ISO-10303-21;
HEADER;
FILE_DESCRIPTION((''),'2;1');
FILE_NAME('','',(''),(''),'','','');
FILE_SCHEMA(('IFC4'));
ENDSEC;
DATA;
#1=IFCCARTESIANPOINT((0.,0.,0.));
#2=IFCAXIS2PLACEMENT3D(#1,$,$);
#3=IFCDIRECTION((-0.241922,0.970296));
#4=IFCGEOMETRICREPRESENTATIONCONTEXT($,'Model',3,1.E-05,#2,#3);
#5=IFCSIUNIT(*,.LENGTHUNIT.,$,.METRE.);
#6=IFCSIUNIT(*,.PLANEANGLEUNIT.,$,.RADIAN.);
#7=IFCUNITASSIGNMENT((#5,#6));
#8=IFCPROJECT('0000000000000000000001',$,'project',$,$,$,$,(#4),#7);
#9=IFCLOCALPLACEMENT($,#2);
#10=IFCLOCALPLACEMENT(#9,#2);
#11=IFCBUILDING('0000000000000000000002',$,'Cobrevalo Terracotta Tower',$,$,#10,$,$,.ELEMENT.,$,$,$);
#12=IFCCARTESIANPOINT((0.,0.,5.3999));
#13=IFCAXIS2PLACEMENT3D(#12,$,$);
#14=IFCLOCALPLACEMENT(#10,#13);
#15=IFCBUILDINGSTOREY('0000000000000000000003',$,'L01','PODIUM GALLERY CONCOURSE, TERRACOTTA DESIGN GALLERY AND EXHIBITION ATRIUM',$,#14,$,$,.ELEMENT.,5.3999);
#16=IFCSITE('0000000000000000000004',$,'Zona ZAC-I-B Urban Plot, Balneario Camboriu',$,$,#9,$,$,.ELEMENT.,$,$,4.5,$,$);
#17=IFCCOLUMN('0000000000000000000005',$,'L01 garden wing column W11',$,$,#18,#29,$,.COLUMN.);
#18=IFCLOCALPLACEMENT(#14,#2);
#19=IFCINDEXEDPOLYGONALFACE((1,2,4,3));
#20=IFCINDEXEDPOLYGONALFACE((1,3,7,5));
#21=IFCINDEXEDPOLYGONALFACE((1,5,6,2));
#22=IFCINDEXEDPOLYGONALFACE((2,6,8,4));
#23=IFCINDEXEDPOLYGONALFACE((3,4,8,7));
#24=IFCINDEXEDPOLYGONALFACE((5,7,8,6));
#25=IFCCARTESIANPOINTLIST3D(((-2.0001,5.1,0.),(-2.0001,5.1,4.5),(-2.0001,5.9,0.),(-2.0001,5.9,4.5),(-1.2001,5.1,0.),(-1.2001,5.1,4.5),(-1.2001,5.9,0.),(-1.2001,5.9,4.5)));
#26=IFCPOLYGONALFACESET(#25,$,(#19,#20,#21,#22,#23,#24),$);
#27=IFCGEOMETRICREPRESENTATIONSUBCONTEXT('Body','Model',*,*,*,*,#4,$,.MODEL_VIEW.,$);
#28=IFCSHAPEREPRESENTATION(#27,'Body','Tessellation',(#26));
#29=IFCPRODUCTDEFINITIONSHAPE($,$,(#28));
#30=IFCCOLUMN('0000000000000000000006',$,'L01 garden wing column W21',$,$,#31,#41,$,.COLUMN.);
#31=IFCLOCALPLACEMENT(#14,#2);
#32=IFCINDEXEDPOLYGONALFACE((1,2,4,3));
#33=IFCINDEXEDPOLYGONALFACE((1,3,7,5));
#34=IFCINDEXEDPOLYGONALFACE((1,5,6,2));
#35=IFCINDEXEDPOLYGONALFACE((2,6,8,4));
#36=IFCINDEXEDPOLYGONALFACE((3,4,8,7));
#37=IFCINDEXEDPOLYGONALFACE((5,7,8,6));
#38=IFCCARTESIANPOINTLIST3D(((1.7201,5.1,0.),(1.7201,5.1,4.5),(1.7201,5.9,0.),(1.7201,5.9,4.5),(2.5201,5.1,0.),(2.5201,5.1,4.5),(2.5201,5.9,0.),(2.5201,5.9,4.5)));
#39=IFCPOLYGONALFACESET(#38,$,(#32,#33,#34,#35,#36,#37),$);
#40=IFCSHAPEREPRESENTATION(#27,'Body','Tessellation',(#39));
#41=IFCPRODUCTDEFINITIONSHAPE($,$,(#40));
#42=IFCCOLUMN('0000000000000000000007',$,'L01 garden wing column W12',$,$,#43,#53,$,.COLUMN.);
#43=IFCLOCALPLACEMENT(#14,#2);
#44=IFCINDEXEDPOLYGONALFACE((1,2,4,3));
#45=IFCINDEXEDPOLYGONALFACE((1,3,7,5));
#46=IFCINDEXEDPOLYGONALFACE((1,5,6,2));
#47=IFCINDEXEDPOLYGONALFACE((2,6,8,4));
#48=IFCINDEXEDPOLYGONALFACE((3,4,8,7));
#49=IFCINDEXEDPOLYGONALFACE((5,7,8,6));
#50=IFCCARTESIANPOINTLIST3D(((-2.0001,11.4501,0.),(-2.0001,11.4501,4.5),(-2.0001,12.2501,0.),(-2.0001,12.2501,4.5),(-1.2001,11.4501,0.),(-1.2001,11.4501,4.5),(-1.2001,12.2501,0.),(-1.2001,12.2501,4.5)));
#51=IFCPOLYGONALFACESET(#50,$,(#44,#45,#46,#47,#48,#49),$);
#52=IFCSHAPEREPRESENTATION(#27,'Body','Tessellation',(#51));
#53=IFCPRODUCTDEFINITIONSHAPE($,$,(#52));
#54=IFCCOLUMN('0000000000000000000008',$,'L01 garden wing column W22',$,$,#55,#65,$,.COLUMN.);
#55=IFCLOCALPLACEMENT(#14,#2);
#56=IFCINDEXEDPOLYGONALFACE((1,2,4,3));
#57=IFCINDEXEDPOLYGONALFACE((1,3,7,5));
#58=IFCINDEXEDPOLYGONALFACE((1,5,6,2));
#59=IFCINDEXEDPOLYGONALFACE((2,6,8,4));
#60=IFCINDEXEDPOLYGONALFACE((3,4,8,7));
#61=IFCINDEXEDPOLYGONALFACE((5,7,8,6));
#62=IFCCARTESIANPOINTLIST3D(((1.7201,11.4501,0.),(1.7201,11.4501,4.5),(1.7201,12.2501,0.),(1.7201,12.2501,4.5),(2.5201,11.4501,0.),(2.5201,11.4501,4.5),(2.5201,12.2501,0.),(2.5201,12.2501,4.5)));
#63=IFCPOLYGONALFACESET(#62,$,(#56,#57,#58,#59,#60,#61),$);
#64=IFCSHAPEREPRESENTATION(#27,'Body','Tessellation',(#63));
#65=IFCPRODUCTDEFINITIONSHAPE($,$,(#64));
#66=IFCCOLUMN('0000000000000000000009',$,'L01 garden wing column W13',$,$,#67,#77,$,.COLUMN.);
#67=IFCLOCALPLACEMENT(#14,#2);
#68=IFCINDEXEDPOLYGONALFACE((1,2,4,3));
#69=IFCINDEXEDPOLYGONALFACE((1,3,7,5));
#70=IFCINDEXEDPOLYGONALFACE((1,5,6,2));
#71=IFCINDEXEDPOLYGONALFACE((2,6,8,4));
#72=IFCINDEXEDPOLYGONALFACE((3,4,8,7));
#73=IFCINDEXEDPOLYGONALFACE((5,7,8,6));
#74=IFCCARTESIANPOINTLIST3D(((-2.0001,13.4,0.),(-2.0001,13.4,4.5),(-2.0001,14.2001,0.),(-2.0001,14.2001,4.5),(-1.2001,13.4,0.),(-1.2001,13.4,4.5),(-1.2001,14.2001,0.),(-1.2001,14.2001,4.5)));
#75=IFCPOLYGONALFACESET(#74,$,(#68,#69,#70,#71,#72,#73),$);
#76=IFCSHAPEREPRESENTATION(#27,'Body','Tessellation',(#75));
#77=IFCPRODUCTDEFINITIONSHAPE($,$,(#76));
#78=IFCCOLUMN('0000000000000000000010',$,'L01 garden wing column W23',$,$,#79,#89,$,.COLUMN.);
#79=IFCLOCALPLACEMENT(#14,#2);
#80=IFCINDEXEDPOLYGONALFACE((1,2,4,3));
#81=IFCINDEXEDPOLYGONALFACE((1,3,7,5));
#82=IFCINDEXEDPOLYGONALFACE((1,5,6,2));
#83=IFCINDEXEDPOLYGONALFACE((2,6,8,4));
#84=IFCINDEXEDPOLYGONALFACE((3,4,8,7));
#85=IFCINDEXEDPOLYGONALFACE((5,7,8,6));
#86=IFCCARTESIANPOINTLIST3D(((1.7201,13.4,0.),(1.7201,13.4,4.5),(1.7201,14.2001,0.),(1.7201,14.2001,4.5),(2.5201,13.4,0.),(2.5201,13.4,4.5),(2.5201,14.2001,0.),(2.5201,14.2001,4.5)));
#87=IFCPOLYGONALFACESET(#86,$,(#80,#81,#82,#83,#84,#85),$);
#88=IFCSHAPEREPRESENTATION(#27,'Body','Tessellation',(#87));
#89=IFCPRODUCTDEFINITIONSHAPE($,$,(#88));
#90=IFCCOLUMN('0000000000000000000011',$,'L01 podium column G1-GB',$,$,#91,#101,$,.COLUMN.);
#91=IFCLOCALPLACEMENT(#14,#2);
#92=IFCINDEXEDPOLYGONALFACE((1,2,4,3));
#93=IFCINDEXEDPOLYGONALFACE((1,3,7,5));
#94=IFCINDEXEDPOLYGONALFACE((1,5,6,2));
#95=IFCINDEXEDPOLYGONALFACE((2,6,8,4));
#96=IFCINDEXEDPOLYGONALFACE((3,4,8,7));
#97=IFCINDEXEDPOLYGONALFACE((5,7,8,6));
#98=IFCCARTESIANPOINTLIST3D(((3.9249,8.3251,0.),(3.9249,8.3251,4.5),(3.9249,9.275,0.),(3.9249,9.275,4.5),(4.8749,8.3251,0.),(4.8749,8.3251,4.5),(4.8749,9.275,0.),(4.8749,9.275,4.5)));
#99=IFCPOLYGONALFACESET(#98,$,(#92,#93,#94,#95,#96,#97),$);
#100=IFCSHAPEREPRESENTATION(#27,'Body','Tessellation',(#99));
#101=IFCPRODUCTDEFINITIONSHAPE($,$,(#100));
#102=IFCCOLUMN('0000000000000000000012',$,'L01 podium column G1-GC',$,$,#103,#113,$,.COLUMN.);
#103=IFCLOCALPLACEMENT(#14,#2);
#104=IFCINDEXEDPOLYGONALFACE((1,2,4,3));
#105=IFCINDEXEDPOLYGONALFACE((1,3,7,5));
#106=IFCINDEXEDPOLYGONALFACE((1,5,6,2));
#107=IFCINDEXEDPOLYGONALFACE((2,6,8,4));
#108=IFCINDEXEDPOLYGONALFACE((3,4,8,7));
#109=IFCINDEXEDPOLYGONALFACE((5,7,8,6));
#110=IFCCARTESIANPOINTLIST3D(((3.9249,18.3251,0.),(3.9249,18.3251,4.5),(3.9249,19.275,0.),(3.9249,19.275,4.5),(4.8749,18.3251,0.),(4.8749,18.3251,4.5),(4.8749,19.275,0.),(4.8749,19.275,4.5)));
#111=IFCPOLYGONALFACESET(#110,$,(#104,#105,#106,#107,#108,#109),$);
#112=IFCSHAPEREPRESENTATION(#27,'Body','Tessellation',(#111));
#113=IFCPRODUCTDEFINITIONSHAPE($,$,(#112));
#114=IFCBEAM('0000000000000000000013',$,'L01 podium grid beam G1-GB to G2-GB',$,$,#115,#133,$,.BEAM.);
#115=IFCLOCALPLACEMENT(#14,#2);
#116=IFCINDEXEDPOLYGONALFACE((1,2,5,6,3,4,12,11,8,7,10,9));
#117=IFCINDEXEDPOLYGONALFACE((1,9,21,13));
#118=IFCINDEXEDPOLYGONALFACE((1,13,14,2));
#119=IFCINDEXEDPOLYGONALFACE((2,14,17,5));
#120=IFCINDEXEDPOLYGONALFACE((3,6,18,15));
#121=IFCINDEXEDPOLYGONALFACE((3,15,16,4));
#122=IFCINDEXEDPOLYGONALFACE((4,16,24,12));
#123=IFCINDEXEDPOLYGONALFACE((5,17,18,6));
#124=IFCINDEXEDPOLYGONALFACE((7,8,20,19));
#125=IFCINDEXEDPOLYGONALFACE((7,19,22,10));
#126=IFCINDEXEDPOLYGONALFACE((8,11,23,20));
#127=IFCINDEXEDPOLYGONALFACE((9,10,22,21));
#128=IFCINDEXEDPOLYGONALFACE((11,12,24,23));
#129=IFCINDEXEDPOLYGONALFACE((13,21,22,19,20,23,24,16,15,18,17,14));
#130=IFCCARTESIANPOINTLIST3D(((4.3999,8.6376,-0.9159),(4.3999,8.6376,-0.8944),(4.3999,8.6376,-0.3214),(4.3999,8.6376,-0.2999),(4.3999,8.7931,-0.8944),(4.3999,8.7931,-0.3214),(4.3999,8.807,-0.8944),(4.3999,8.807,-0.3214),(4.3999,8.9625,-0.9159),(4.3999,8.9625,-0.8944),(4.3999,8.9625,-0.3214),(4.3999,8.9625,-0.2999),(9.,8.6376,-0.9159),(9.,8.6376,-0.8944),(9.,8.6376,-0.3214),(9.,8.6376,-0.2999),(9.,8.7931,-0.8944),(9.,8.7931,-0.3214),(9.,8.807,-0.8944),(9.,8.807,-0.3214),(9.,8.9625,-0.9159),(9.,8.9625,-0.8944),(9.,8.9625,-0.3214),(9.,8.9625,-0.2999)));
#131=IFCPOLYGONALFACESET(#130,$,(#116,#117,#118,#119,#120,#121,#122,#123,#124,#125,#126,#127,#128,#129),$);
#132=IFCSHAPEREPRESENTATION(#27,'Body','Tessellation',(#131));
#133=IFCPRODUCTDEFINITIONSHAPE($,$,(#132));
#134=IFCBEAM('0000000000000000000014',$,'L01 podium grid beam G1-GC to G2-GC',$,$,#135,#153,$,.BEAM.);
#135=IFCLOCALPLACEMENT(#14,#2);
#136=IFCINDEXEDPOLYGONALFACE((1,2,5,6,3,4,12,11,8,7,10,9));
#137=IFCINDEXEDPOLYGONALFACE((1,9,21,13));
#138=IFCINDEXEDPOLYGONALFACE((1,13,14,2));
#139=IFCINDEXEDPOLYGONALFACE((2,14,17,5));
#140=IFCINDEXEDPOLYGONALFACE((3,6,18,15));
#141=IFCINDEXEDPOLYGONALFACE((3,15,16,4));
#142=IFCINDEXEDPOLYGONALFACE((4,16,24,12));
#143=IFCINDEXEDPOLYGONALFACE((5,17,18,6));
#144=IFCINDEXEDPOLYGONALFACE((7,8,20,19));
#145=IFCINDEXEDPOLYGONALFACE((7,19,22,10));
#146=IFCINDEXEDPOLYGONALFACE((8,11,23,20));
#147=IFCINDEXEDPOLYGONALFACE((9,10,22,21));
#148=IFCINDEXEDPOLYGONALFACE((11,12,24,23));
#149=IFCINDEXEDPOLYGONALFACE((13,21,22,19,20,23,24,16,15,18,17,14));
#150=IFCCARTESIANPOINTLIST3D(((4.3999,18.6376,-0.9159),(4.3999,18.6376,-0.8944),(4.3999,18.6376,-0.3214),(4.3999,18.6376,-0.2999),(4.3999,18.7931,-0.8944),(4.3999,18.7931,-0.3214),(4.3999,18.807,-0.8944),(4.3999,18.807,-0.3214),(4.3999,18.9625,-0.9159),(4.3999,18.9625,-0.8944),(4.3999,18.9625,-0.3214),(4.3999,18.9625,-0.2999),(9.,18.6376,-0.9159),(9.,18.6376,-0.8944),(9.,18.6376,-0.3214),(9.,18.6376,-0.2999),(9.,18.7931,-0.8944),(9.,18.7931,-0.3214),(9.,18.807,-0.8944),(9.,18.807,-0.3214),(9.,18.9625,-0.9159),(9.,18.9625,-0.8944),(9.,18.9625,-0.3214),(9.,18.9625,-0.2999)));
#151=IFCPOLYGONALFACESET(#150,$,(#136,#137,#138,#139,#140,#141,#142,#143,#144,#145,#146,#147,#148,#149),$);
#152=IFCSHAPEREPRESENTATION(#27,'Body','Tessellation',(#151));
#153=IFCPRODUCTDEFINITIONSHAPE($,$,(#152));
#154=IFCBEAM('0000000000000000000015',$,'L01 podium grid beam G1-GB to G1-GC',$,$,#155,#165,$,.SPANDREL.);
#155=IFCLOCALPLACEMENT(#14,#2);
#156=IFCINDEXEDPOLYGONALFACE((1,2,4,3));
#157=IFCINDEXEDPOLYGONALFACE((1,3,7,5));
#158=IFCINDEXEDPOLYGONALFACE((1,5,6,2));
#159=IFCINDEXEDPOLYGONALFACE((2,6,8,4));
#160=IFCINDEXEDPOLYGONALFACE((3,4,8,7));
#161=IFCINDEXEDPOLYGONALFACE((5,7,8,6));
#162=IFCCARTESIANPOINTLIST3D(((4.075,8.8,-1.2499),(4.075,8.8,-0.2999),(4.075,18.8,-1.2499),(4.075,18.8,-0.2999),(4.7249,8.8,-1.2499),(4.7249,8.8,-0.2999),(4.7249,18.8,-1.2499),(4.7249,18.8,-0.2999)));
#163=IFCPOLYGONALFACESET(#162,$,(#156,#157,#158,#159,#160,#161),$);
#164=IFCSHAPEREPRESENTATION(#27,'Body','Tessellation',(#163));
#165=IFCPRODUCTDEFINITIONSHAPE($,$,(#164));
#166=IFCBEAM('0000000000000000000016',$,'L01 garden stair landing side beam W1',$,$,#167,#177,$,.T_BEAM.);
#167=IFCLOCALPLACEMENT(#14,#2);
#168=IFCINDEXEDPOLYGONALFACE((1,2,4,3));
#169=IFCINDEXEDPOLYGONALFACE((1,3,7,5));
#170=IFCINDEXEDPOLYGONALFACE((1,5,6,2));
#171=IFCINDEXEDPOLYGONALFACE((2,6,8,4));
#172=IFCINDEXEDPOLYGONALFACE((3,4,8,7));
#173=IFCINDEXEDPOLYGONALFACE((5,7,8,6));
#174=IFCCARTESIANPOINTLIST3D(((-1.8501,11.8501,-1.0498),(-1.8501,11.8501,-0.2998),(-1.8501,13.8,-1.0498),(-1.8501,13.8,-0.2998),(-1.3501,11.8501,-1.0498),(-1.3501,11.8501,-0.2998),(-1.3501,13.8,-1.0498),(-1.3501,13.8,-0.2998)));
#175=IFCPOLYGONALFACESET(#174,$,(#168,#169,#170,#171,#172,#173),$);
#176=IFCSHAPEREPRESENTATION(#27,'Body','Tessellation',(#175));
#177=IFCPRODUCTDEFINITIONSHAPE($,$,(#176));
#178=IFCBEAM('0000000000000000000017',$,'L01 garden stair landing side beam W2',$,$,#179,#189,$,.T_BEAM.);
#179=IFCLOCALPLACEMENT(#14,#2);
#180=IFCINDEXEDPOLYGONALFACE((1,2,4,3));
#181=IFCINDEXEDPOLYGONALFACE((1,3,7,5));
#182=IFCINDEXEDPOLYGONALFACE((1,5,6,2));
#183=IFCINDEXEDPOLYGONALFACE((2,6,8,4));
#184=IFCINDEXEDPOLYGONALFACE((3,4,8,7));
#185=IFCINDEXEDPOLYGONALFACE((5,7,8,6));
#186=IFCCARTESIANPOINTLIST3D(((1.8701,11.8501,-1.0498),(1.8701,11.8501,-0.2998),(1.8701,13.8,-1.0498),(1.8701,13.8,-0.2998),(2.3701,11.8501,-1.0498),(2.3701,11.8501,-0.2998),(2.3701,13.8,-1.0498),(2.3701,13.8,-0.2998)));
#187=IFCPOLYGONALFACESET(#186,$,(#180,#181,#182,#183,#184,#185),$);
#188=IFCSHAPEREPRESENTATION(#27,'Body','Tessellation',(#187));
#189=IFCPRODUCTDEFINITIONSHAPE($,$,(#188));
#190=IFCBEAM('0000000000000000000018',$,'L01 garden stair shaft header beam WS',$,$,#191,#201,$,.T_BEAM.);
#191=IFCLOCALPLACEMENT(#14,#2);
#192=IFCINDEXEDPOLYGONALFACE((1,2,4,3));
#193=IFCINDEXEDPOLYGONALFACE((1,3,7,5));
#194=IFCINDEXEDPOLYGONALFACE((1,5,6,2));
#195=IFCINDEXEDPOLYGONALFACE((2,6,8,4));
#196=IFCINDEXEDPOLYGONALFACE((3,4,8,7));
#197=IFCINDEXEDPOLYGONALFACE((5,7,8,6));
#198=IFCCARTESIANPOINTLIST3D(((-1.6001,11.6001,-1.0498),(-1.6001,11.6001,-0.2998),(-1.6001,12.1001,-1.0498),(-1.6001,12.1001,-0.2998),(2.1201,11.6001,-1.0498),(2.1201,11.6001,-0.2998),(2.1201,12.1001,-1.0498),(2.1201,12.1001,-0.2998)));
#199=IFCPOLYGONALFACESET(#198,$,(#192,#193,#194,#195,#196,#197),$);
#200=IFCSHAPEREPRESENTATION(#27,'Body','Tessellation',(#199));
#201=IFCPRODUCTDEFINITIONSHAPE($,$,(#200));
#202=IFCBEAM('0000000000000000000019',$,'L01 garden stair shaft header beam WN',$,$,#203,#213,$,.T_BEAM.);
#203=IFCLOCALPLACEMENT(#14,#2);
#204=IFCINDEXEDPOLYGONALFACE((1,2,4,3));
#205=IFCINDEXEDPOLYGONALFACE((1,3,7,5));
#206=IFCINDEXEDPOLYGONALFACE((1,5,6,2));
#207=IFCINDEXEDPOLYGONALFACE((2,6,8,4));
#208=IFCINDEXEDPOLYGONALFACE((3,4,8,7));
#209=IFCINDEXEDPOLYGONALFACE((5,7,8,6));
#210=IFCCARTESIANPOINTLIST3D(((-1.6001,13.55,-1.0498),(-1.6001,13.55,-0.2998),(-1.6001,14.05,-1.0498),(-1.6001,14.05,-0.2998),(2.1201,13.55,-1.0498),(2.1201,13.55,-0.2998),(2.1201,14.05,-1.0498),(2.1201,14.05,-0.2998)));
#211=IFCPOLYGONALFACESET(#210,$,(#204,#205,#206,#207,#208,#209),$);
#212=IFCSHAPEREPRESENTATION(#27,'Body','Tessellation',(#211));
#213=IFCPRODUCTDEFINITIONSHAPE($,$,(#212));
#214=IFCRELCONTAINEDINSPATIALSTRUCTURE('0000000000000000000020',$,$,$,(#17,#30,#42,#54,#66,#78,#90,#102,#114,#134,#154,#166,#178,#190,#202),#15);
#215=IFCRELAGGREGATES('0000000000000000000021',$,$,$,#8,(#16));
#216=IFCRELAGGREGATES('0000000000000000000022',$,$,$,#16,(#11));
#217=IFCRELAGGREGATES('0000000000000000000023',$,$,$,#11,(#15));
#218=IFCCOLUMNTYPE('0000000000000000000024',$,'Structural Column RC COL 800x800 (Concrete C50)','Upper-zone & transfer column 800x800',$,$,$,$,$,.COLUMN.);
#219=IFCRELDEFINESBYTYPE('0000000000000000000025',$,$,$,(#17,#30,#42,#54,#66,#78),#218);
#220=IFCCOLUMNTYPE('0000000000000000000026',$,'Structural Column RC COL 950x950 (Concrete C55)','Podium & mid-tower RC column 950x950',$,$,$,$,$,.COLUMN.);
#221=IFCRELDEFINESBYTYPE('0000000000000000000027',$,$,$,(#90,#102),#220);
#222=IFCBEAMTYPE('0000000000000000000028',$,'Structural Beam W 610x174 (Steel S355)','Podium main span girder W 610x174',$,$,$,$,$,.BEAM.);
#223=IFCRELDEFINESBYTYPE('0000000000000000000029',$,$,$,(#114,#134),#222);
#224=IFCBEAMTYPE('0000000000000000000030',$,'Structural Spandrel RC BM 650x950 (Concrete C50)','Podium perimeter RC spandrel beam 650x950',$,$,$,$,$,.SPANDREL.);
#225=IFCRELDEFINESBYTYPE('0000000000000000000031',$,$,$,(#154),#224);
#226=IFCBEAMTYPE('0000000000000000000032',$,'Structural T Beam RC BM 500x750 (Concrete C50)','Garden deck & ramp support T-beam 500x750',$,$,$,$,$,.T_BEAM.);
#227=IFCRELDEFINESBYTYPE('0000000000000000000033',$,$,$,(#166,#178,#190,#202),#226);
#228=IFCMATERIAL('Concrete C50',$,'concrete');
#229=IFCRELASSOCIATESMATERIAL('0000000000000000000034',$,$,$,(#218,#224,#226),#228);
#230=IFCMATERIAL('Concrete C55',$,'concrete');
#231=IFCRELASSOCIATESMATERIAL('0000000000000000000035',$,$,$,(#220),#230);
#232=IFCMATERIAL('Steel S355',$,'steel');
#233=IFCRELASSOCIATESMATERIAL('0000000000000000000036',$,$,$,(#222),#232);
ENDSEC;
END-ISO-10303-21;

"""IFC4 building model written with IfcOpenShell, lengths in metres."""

from ifc_helpers import new_model, si_unit, direction, frame, origin, origin_2d, place, context, subcontext, project, spatial, rectangle, i_section, extrude, material, material_profile, profile_set, type_object, element, save


model = new_model("IFC4")

# Units and contexts
model_context = context("Model", 3, precision=1e-05, world=origin(), true_north=direction((-0.241922, 0.970296)))
body_context = subcontext(model_context, "Body", "Model", "MODEL_VIEW")
ifc_project = project(units=[si_unit("LENGTHUNIT", "METRE"), si_unit("PLANEANGLEUNIT", "RADIAN")], contexts=[model_context])

# Site, building, storey
site_placement = place(None, origin())
site = spatial("IfcSite", under=ifc_project, at=site_placement, Name="Zona ZAC-I-B Urban Plot, Balneario Camboriu", CompositionType="ELEMENT", RefElevation=4.5)
building_placement = place(site_placement, origin())
building = spatial("IfcBuilding", under=site, at=building_placement, Name="Cobrevalo Terracotta Tower", CompositionType="ELEMENT")
storey_placement = place(building_placement, frame((0.0, 0.0, 5.3999)))
storey = spatial("IfcBuildingStorey", under=building, at=storey_placement, Name="L01", Description="PODIUM GALLERY CONCOURSE, TERRACOTTA DESIGN GALLERY AND EXHIBITION ATRIUM", CompositionType="ELEMENT", Elevation=5.3999)

# Columns
ifc_material_1 = material(Name="Concrete C50", Category="concrete")
ifc_material_profile_1 = material_profile(ifc_material_1, rectangle(XDim=0.8, YDim=0.8, at=origin_2d()), Name="RC COL 800x800")
ifc_profile_set_1 = profile_set([ifc_material_profile_1], Name="Concrete C50")
column_type_1 = type_object("IfcColumnType", Name="Structural Column RC COL 800x800 (Concrete C50)", Description="Upper-zone & transfer column 800x800", PredefinedType="COLUMN", material=ifc_profile_set_1)
for number, where, z_axis, x_axis, name in (
    (1, (-1.6001, 5.5, 0.0), (0.0, 0.0, 1.0), (1.0, 0.0, 0.0), "L01 garden wing column W11"),
    (2, (2.1201, 5.5, 0.0), (0.0, 0.0, 1.0), (1.0, 0.0, 0.0), "L01 garden wing column W21"),
    (3, (-1.6001, 11.8501, 0.0), (0.0, 0.0, 1.0), (1.0, 0.0, 0.0), "L01 garden wing column W12"),
    (4, (2.1201, 11.8501, 0.0), (0.0, 0.0, 1.0), (1.0, 0.0, 0.0), "L01 garden wing column W22"),
    (5, (-1.6001, 13.8, 0.0), (0.0, 0.0, 1.0), (1.0, 0.0, 0.0), "L01 garden wing column W13"),
    (6, (2.1201, 13.8, 0.0), (0.0, 0.0, 1.0), (1.0, 0.0, 0.0), "L01 garden wing column W23"),
):
    element("IfcColumn", number, at=place(storey_placement, frame(where, z_axis=z_axis, x_axis=x_axis)), inside=storey, type_object=column_type_1, Name=name, PredefinedType="COLUMN", context=body_context, shape_type="SweptSolid", body=[
        extrude(rectangle(XDim=0.8, YDim=0.8, at=origin_2d()), origin(), (0.0, 0.0, 1.0), 4.5),
    ])
ifc_material_2 = material(Name="Concrete C55", Category="concrete")
ifc_material_profile_2 = material_profile(ifc_material_2, rectangle(XDim=0.95, YDim=0.95, at=origin_2d()), Name="RC COL 950x950")
ifc_profile_set_2 = profile_set([ifc_material_profile_2], Name="Concrete C55")
column_type_2 = type_object("IfcColumnType", Name="Structural Column RC COL 950x950 (Concrete C55)", Description="Podium & mid-tower RC column 950x950", PredefinedType="COLUMN", material=ifc_profile_set_2)
for number, where, z_axis, x_axis, name in (
    (7, (4.3999, 8.8, 0.0), (0.0, 0.0, 1.0), (1.0, 0.0, 0.0), "L01 podium column G1-GB"),
    (8, (4.3999, 18.8, 0.0), (0.0, 0.0, 1.0), (1.0, 0.0, 0.0), "L01 podium column G1-GC"),
):
    element("IfcColumn", number, at=place(storey_placement, frame(where, z_axis=z_axis, x_axis=x_axis)), inside=storey, type_object=column_type_2, Name=name, PredefinedType="COLUMN", context=body_context, shape_type="SweptSolid", body=[
        extrude(rectangle(XDim=0.95, YDim=0.95, at=origin_2d()), origin(), (0.0, 0.0, 1.0), 4.5),
    ])

# Beams
ifc_material_3 = material(Name="Steel S355", Category="steel")
ifc_material_profile_3 = material_profile(ifc_material_3, i_section(OverallWidth=0.325, OverallDepth=0.616, WebThickness=0.0139, FlangeThickness=0.0215, at=origin_2d()), Name="W 610x174")
ifc_profile_set_3 = profile_set([ifc_material_profile_3], Name="Steel S355")
beam_type_1 = type_object("IfcBeamType", Name="Structural Beam W 610x174 (Steel S355)", Description="Podium main span girder W 610x174", PredefinedType="BEAM", material=ifc_profile_set_3)
for number, where, z_axis, x_axis, name in (
    (9, (4.3999, 8.8, -0.6079), (1.0, 0.0, 0.0), (0.0, 1.0, 0.0), "L01 podium grid beam G1-GB to G2-GB"),
    (10, (4.3999, 18.8, -0.6079), (1.0, 0.0, 0.0), (0.0, 1.0, 0.0), "L01 podium grid beam G1-GC to G2-GC"),
):
    element("IfcBeam", number, at=place(storey_placement, frame(where, z_axis=z_axis, x_axis=x_axis)), inside=storey, type_object=beam_type_1, Name=name, PredefinedType="BEAM", context=body_context, shape_type="SweptSolid", body=[
        extrude(i_section(OverallWidth=0.325, OverallDepth=0.616, WebThickness=0.0139, FlangeThickness=0.0215, at=origin_2d()), origin(), (0.0, 0.0, 1.0), 4.6001),
    ])
ifc_material_profile_4 = material_profile(ifc_material_1, rectangle(XDim=0.6499, YDim=0.95, at=origin_2d()), Name="RC BM 650x950")
ifc_profile_set_4 = profile_set([ifc_material_profile_4], Name="Concrete C50")
beam_type_2 = type_object("IfcBeamType", Name="Structural Spandrel RC BM 650x950 (Concrete C50)", Description="Podium perimeter RC spandrel beam 650x950", PredefinedType="SPANDREL", material=ifc_profile_set_4)
beam_1_placement = place(storey_placement, frame((4.3999, 8.8, -0.7749), z_axis=(0.0, 1.0, 0.0), x_axis=(-1.0, 0.0, 0.0)))
element("IfcBeam", 11, at=beam_1_placement, inside=storey, type_object=beam_type_2, Name="L01 podium grid beam G1-GB to G1-GC", PredefinedType="SPANDREL", context=body_context, shape_type="SweptSolid", body=[
    extrude(rectangle(XDim=0.6499, YDim=0.95, at=origin_2d()), origin(), (0.0, 0.0, 1.0), 10.0),
])
ifc_material_profile_5 = material_profile(ifc_material_1, rectangle(XDim=0.5, YDim=0.75, at=origin_2d()), Name="RC BM 500x750")
ifc_profile_set_5 = profile_set([ifc_material_profile_5], Name="Concrete C50")
beam_type_3 = type_object("IfcBeamType", Name="Structural T Beam RC BM 500x750 (Concrete C50)", Description="Garden deck & ramp support T-beam 500x750", PredefinedType="T_BEAM", material=ifc_profile_set_5)
for number, where, z_axis, x_axis, name in (
    (12, (-1.6001, 11.8501, -0.6748), (0.0, 1.0, 0.0), (-1.0, 0.0, 0.0), "L01 garden stair landing side beam W1"),
    (13, (2.1201, 11.8501, -0.6748), (0.0, 1.0, 0.0), (-1.0, 0.0, 0.0), "L01 garden stair landing side beam W2"),
):
    element("IfcBeam", number, at=place(storey_placement, frame(where, z_axis=z_axis, x_axis=x_axis)), inside=storey, type_object=beam_type_3, Name=name, PredefinedType="T_BEAM", context=body_context, shape_type="SweptSolid", body=[
        extrude(rectangle(XDim=0.5, YDim=0.75, at=origin_2d()), origin(), (0.0, 0.0, 1.0), 1.95),
    ])
for number, where, z_axis, x_axis, name in (
    (14, (-1.6001, 11.8501, -0.6748), (1.0, 0.0, 0.0), (0.0, 1.0, 0.0), "L01 garden stair shaft header beam WS"),
    (15, (-1.6001, 13.8, -0.6748), (1.0, 0.0, 0.0), (0.0, 1.0, 0.0), "L01 garden stair shaft header beam WN"),
):
    element("IfcBeam", number, at=place(storey_placement, frame(where, z_axis=z_axis, x_axis=x_axis)), inside=storey, type_object=beam_type_3, Name=name, PredefinedType="T_BEAM", context=body_context, shape_type="SweptSolid", body=[
        extrude(rectangle(XDim=0.5, YDim=0.75, at=origin_2d()), origin(), (0.0, 0.0, 1.0), 3.7202),
    ])

save(model, "model.ifc")
